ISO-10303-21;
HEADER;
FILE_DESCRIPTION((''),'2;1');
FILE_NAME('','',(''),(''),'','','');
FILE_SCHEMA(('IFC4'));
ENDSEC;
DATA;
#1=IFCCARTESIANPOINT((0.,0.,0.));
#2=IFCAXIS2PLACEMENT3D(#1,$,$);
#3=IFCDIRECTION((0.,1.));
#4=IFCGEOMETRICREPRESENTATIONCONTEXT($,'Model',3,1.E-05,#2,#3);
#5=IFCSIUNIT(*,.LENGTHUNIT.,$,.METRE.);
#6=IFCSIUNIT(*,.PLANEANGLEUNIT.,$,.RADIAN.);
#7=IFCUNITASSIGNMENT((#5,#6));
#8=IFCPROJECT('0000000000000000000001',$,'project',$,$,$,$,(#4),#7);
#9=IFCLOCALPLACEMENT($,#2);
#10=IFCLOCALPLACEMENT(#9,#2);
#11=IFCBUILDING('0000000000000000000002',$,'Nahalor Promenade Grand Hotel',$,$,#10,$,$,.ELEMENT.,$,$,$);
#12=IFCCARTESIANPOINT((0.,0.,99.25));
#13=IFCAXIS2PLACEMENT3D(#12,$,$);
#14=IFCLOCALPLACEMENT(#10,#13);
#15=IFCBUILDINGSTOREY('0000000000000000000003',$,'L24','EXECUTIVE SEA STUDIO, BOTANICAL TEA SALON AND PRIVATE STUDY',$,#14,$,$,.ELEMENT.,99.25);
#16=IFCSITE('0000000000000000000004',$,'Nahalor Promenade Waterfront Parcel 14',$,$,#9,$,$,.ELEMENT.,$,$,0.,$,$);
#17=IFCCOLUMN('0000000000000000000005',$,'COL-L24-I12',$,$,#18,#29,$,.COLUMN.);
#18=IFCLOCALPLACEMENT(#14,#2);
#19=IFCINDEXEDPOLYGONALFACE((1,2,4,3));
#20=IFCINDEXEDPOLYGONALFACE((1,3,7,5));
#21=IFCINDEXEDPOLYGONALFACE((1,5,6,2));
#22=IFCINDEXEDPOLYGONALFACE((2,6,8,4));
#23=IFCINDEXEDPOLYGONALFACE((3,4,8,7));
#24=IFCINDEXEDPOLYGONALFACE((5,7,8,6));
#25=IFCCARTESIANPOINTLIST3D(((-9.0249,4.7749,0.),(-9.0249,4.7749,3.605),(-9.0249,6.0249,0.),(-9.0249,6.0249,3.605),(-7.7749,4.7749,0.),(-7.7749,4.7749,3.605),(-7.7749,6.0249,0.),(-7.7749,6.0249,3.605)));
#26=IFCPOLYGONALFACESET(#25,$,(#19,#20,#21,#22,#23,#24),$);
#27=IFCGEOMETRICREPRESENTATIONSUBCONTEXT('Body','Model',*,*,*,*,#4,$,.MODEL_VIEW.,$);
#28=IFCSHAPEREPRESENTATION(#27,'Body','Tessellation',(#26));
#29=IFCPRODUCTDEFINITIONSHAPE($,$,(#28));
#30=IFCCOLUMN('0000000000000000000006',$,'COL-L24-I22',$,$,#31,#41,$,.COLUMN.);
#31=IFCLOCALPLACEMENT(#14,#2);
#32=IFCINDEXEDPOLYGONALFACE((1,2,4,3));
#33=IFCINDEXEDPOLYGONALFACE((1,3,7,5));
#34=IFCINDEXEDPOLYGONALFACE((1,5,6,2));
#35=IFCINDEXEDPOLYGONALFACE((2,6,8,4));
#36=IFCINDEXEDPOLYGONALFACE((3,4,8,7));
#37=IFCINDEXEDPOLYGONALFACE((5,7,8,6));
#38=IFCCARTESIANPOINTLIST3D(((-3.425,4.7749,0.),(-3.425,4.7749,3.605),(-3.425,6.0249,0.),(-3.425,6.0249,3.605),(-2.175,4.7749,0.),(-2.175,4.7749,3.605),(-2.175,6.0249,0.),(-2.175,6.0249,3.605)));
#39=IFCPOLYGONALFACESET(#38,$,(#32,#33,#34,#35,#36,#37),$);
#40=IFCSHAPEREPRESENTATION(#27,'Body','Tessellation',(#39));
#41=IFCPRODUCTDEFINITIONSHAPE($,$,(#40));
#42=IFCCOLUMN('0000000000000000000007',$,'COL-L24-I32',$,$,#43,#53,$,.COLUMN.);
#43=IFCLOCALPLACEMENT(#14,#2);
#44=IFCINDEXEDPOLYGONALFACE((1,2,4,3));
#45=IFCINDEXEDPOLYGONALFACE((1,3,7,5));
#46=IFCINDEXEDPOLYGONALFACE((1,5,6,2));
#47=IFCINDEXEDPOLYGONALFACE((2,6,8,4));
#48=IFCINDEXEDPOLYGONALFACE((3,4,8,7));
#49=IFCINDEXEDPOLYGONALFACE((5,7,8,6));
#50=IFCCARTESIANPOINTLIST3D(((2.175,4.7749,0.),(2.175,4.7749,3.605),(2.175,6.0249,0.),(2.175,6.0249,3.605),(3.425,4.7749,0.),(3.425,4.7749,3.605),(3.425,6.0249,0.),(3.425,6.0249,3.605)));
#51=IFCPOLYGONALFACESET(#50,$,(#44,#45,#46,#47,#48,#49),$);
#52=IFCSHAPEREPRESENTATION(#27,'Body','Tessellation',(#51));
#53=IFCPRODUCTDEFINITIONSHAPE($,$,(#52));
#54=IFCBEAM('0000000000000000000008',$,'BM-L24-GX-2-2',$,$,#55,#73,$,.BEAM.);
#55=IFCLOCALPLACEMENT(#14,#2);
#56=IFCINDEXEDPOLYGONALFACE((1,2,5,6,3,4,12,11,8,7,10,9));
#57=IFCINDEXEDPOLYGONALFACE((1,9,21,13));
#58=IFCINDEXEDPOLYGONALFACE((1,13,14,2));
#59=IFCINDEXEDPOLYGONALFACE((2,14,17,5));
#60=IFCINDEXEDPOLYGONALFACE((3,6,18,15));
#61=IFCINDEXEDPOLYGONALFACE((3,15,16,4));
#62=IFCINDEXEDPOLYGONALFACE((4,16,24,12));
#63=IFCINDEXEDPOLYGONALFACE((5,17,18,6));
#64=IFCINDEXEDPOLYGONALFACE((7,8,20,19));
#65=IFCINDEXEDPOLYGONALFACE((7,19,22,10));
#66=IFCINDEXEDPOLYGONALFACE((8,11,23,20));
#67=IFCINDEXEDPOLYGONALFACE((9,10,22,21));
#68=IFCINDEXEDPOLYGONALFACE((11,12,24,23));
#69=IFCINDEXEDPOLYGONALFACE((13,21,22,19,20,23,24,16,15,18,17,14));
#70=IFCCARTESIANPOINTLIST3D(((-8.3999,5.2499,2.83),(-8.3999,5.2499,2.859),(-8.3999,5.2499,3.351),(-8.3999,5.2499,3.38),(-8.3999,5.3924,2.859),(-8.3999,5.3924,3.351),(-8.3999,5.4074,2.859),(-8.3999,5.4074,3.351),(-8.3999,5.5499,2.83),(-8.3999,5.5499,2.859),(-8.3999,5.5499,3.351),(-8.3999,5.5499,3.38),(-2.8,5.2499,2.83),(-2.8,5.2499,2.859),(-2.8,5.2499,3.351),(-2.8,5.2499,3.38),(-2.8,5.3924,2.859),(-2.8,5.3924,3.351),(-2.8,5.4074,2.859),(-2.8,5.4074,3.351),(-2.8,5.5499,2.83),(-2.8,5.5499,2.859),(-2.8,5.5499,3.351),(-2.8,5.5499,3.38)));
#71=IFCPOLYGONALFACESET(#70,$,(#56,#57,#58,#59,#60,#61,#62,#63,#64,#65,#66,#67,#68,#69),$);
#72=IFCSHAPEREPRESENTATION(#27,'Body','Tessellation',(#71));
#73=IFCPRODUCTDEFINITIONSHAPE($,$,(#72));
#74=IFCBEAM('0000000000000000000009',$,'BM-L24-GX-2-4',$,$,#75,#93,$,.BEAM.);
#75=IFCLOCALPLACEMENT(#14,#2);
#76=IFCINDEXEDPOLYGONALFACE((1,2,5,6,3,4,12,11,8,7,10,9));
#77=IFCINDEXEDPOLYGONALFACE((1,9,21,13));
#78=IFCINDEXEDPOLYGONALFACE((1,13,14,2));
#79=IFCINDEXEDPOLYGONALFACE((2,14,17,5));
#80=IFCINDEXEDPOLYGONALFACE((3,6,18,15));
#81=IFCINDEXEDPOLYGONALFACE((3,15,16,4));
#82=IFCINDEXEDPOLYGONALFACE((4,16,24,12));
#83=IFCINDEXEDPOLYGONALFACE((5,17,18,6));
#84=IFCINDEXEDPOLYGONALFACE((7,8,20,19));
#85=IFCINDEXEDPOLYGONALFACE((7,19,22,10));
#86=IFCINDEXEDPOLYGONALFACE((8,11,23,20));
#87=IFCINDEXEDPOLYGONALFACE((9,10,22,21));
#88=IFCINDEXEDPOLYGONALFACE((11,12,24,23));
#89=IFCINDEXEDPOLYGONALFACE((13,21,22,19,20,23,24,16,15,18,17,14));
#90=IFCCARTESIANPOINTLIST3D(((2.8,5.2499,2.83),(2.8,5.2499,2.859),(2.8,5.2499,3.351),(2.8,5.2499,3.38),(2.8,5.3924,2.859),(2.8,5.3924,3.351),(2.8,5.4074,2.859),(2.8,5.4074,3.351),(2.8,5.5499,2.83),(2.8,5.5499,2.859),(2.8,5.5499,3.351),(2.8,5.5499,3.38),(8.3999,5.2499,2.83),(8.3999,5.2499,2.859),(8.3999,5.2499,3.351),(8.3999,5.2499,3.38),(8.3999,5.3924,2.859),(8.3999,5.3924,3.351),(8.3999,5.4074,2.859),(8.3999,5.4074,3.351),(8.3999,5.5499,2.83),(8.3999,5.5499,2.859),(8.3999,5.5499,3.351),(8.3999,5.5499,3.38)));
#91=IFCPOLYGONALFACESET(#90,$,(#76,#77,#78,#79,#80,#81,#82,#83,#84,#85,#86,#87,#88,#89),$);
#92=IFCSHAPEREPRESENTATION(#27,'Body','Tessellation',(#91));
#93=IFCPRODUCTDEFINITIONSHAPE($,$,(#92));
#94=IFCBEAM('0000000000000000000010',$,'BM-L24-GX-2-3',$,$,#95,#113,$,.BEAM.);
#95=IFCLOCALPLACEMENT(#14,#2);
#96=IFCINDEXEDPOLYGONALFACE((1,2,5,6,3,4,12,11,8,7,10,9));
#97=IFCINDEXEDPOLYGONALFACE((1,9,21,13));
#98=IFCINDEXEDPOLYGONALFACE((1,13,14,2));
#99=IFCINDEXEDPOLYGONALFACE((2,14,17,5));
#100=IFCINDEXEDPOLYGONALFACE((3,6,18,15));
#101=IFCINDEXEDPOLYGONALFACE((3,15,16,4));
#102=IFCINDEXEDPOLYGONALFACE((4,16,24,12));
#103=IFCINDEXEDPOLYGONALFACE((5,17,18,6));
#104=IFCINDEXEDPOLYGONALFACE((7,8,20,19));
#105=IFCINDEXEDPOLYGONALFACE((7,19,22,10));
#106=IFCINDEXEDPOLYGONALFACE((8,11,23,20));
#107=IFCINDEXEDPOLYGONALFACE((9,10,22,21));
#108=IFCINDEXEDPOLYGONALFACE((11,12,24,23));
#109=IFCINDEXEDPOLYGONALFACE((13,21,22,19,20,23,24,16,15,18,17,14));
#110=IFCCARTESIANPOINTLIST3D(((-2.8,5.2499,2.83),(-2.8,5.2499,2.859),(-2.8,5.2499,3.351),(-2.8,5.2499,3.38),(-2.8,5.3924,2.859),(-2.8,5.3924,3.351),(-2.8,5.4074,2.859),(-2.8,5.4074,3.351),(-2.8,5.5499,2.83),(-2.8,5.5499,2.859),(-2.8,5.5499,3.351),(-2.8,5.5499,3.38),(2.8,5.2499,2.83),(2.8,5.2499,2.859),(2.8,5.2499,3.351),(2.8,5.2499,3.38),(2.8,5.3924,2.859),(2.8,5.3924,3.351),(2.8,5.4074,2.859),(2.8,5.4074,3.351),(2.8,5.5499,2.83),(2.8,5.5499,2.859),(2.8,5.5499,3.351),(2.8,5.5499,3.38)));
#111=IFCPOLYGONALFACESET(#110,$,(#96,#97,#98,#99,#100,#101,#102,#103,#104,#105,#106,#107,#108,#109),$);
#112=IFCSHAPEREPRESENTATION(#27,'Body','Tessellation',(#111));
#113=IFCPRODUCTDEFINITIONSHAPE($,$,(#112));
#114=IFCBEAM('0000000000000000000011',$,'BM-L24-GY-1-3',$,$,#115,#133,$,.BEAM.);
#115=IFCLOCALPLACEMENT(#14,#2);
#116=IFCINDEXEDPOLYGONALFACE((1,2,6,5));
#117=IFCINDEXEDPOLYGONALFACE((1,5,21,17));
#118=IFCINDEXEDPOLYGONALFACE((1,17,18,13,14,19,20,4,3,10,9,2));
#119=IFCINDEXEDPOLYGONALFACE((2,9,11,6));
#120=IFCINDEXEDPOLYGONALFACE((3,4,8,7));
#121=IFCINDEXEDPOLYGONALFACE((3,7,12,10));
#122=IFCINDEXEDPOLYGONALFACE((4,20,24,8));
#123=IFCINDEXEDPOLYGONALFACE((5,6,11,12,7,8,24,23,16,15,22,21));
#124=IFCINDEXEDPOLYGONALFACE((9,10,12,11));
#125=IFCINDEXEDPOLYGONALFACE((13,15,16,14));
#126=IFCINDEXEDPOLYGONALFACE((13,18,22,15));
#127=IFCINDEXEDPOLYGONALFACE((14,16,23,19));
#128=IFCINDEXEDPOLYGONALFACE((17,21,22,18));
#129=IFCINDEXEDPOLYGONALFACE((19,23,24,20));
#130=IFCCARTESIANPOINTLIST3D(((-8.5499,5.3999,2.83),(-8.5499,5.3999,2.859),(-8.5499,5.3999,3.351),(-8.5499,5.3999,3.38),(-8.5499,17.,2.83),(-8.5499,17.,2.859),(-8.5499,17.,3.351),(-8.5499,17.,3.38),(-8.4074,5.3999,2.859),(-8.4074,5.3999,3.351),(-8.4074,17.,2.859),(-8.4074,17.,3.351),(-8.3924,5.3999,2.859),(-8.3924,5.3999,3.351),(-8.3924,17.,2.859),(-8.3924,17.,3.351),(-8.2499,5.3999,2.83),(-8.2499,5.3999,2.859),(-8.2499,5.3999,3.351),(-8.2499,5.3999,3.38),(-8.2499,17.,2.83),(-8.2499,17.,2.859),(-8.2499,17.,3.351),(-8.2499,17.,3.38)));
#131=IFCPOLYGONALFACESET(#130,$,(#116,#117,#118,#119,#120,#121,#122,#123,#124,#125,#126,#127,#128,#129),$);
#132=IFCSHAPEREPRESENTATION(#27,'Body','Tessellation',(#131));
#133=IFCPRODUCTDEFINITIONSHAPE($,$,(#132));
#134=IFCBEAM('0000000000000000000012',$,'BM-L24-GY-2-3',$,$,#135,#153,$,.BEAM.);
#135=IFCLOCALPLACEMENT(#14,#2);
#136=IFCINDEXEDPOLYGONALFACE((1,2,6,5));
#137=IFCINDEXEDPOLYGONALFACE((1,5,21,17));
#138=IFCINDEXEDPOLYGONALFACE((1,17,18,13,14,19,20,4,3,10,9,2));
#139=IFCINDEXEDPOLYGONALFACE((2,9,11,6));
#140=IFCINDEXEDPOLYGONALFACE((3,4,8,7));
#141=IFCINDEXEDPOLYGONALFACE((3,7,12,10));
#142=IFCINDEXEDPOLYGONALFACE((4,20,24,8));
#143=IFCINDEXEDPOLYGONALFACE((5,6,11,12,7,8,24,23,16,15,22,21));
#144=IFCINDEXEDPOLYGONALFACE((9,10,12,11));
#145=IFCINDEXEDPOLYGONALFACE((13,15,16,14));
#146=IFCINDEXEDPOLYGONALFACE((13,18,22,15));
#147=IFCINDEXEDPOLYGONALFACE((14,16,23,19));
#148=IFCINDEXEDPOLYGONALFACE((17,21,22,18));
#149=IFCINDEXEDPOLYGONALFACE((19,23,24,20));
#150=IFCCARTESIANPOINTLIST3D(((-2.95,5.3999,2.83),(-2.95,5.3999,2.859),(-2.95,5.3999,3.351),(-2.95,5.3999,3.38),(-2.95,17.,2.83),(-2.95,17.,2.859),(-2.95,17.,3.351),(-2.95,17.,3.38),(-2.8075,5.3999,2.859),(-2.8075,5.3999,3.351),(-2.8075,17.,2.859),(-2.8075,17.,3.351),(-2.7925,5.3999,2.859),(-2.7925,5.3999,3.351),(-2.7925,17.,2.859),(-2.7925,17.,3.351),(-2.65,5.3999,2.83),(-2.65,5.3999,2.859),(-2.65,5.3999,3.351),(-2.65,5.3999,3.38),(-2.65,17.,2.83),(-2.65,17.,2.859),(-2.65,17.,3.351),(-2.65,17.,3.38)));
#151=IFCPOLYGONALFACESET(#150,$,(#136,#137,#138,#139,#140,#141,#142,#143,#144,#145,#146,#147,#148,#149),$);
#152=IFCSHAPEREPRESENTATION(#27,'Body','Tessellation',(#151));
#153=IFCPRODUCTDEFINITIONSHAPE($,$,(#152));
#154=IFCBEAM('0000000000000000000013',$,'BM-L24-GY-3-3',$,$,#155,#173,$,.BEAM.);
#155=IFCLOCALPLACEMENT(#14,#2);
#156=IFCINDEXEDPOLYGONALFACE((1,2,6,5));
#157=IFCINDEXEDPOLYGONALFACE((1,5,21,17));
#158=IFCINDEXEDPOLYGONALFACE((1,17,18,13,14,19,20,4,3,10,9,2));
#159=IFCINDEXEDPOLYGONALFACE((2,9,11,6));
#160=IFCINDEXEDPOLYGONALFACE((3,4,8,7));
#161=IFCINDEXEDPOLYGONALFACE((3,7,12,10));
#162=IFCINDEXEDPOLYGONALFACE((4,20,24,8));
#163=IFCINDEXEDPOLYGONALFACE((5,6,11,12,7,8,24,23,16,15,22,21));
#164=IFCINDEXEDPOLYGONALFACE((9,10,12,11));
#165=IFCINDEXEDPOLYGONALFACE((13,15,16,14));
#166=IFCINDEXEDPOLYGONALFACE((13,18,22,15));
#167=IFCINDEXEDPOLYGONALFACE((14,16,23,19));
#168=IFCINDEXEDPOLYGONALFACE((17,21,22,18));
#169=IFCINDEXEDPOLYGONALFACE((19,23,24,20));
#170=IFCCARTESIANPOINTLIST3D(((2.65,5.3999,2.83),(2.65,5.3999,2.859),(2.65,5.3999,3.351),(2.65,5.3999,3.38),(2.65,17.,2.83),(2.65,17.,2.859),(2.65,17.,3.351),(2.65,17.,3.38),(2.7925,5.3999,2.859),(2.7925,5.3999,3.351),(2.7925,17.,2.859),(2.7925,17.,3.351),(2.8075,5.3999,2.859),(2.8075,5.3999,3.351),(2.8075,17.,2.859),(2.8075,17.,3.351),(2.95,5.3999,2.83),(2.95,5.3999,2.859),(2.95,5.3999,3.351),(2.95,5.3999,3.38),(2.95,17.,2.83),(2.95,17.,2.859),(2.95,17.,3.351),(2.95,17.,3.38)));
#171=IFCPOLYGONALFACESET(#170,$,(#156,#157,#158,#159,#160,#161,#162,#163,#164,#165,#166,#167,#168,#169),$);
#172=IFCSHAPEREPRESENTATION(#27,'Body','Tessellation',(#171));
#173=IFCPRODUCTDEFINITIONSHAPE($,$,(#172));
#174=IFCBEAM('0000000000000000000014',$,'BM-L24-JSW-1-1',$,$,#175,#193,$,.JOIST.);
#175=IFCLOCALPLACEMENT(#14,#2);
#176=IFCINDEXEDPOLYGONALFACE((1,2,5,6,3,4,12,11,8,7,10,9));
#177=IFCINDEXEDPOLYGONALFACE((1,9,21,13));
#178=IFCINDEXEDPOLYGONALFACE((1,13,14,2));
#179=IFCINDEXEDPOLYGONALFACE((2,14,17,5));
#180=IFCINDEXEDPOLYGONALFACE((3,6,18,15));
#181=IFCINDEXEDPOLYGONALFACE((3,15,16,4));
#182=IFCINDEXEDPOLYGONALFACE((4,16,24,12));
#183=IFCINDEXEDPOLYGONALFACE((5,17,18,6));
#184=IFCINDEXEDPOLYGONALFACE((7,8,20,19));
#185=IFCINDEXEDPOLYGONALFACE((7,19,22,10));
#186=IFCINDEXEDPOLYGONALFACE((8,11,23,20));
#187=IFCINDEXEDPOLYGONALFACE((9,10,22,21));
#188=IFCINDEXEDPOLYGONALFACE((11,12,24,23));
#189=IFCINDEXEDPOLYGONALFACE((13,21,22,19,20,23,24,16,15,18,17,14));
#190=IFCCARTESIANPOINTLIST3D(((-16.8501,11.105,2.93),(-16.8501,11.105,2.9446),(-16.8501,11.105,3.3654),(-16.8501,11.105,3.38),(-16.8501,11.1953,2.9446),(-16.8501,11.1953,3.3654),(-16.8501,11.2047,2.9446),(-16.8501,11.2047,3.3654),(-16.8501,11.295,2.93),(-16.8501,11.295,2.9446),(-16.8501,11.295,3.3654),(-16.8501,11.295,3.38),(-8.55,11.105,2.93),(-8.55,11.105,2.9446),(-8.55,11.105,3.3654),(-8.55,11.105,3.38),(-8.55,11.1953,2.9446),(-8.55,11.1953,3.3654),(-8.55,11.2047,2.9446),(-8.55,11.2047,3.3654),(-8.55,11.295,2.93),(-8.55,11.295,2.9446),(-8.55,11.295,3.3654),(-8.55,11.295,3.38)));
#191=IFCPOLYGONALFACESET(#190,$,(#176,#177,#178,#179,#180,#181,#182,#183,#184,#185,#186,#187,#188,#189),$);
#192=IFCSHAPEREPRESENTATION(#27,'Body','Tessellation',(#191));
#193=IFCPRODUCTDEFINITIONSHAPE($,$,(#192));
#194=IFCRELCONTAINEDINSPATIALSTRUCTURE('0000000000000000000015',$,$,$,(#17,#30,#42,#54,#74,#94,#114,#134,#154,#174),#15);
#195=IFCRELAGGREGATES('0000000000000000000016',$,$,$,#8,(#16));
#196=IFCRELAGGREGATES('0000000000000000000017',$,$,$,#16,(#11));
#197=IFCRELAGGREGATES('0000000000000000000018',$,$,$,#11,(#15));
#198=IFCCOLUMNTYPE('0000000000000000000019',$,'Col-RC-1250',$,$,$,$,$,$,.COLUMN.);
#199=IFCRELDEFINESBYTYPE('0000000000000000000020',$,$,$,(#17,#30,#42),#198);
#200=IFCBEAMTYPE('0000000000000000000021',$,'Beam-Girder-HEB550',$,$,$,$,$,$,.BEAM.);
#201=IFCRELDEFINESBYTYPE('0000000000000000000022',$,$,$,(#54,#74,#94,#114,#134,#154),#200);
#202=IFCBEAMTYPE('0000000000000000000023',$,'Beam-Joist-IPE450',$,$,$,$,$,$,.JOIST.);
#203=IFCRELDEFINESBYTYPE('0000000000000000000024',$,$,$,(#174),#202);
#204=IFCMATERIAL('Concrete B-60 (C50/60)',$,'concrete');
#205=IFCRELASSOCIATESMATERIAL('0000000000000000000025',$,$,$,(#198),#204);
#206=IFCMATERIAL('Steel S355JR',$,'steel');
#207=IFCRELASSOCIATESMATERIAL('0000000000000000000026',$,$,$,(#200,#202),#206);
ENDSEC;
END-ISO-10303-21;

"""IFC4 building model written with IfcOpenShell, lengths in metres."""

from ifc_helpers import new_model, si_unit, direction, frame, origin, origin_2d, place, context, subcontext, project, spatial, rectangle, i_section, extrude, source, transform, mapped, material, material_profile, profile_set, type_object, element, save


model = new_model("IFC4")

# Units and contexts
model_context = context("Model", 3, precision=1e-05, world=origin(), true_north=direction((0.0, 1.0)))
body_context = subcontext(model_context, "Body", "Model", "MODEL_VIEW")
ifc_project = project(units=[si_unit("LENGTHUNIT", "METRE"), si_unit("PLANEANGLEUNIT", "RADIAN")], contexts=[model_context])

# Site, building, storey
site_placement = place(None, origin())
site = spatial("IfcSite", under=ifc_project, at=site_placement, Name="Nahalor Promenade Waterfront Parcel 14", CompositionType="ELEMENT", RefElevation=0.0)
building_placement = place(site_placement, origin())
building = spatial("IfcBuilding", under=site, at=building_placement, Name="Nahalor Promenade Grand Hotel", CompositionType="ELEMENT")
storey_placement = place(building_placement, frame((0.0, 0.0, 99.25)))
storey = spatial("IfcBuildingStorey", under=building, at=storey_placement, Name="L24", Description="EXECUTIVE SEA STUDIO, BOTANICAL TEA SALON AND PRIVATE STUDY", CompositionType="ELEMENT", Elevation=99.25)

# Columns
ifc_material_1 = material(Name="Concrete B-60 (C50/60)", Category="concrete")
ifc_material_profile_1 = material_profile(ifc_material_1, rectangle(XDim=1.25, YDim=1.25, at=origin_2d()), Name="RC 1250x1250")
ifc_profile_set_1 = profile_set([ifc_material_profile_1], Name="Concrete B-60 (C50/60)")
column_type = type_object("IfcColumnType", Name="Col-RC-1250", PredefinedType="COLUMN", material=ifc_profile_set_1)
shared_shape_1 = source(origin(), body_context, "Body", "SweptSolid", [
    extrude(rectangle(XDim=1.25, YDim=1.25, at=origin_2d()), origin(), (0.0, 0.0, 1.0), 3.605),
])
for number, where, z_axis, x_axis, name in (
    (1, (-8.3999, 5.3999, 0.0), (0.0, 0.0, 1.0), (1.0, 0.0, 0.0), "COL-L24-I12"),
    (2, (-2.8, 5.3999, 0.0), (0.0, 0.0, 1.0), (1.0, 0.0, 0.0), "COL-L24-I22"),
    (3, (2.8, 5.3999, 0.0), (0.0, 0.0, 1.0), (1.0, 0.0, 0.0), "COL-L24-I32"),
):
    element("IfcColumn", number, at=place(storey_placement, frame(where, z_axis=z_axis, x_axis=x_axis)), inside=storey, type_object=column_type, Name=name, PredefinedType="COLUMN", context=body_context, shape_type="MappedRepresentation", body=[
        mapped(shared_shape_1, transform((0.0, 0.0, 0.0), scale=1.0)),
    ])

# Beams
ifc_material_2 = material(Name="Steel S355JR", Category="steel")
ifc_material_profile_2 = material_profile(ifc_material_2, i_section(OverallWidth=0.3, OverallDepth=0.55, WebThickness=0.015, FlangeThickness=0.029, at=origin_2d()), Name="HEB 550")
ifc_profile_set_2 = profile_set([ifc_material_profile_2], Name="Steel S355JR")
beam_type_1 = type_object("IfcBeamType", Name="Beam-Girder-HEB550", PredefinedType="BEAM", material=ifc_profile_set_2)
shared_shape_2 = source(origin(), body_context, "Body", "SweptSolid", [
    extrude(i_section(OverallWidth=0.3, OverallDepth=0.55, WebThickness=0.015, FlangeThickness=0.029, at=origin_2d()), origin(), (0.0, 0.0, 1.0), 5.5999),
])
for number, where, z_axis, x_axis, name in (
    (4, (-8.3999, 5.3999, 3.105), (1.0, 0.0, 0.0), (0.0, 1.0, 0.0), "BM-L24-GX-2-2"),
    (5, (2.8, 5.3999, 3.105), (1.0, 0.0, 0.0), (0.0, 1.0, 0.0), "BM-L24-GX-2-4"),
):
    element("IfcBeam", number, at=place(storey_placement, frame(where, z_axis=z_axis, x_axis=x_axis)), inside=storey, type_object=beam_type_1, Name=name, PredefinedType="BEAM", context=body_context, shape_type="MappedRepresentation", body=[
        mapped(shared_shape_2, transform((0.0, 0.0, 0.0), scale=1.0)),
    ])
shared_shape_3 = source(origin(), body_context, "Body", "SweptSolid", [
    extrude(i_section(OverallWidth=0.3, OverallDepth=0.55, WebThickness=0.015, FlangeThickness=0.029, at=origin_2d()), origin(), (0.0, 0.0, 1.0), 5.6001),
])
beam_placement = place(storey_placement, frame((-2.8, 5.3999, 3.105), z_axis=(1.0, 0.0, 0.0), x_axis=(0.0, 1.0, 0.0)))
element("IfcBeam", 6, at=beam_placement, inside=storey, type_object=beam_type_1, Name="BM-L24-GX-2-3", PredefinedType="BEAM", context=body_context, shape_type="MappedRepresentation", body=[
    mapped(shared_shape_3, transform((0.0, 0.0, 0.0), scale=1.0)),
])
shared_shape_4 = source(origin(), body_context, "Body", "SweptSolid", [
    extrude(i_section(OverallWidth=0.3, OverallDepth=0.55, WebThickness=0.015, FlangeThickness=0.029, at=origin_2d()), origin(), (0.0, 0.0, 1.0), 11.6001),
])
for number, where, z_axis, x_axis, name in (
    (7, (-8.3999, 5.3999, 3.105), (0.0, 1.0, 0.0), (-1.0, 0.0, 0.0), "BM-L24-GY-1-3"),
    (8, (-2.8, 5.3999, 3.105), (0.0, 1.0, 0.0), (-1.0, 0.0, 0.0), "BM-L24-GY-2-3"),
    (9, (2.8, 5.3999, 3.105), (0.0, 1.0, 0.0), (-1.0, 0.0, 0.0), "BM-L24-GY-3-3"),
):
    element("IfcBeam", number, at=place(storey_placement, frame(where, z_axis=z_axis, x_axis=x_axis)), inside=storey, type_object=beam_type_1, Name=name, PredefinedType="BEAM", context=body_context, shape_type="MappedRepresentation", body=[
        mapped(shared_shape_4, transform((0.0, 0.0, 0.0), scale=1.0)),
    ])
ifc_material_profile_3 = material_profile(ifc_material_2, i_section(OverallWidth=0.19, OverallDepth=0.45, WebThickness=0.0094, FlangeThickness=0.0146, at=origin_2d()), Name="IPE 450")
ifc_profile_set_3 = profile_set([ifc_material_profile_3], Name="Steel S355JR")
beam_type_2 = type_object("IfcBeamType", Name="Beam-Joist-IPE450", PredefinedType="JOIST", material=ifc_profile_set_3)
shared_shape_5 = source(origin(), body_context, "Body", "SweptSolid", [
    extrude(i_section(OverallWidth=0.19, OverallDepth=0.45, WebThickness=0.0094, FlangeThickness=0.0146, at=origin_2d()), origin(), (0.0, 0.0, 1.0), 8.3),
])
for number, where, z_axis, x_axis, name in (
    (10, (-16.8501, 11.2, 3.155), (1.0, 0.0, 0.0), (0.0, 1.0, 0.0), "BM-L24-JSW-1-1"),
):
    element("IfcBeam", number, at=place(storey_placement, frame(where, z_axis=z_axis, x_axis=x_axis)), inside=storey, type_object=beam_type_2, Name=name, PredefinedType="JOIST", context=body_context, shape_type="MappedRepresentation", body=[
        mapped(shared_shape_5, transform((0.0, 0.0, 0.0), scale=1.0)),
    ])

save(model, "model.ifc")
